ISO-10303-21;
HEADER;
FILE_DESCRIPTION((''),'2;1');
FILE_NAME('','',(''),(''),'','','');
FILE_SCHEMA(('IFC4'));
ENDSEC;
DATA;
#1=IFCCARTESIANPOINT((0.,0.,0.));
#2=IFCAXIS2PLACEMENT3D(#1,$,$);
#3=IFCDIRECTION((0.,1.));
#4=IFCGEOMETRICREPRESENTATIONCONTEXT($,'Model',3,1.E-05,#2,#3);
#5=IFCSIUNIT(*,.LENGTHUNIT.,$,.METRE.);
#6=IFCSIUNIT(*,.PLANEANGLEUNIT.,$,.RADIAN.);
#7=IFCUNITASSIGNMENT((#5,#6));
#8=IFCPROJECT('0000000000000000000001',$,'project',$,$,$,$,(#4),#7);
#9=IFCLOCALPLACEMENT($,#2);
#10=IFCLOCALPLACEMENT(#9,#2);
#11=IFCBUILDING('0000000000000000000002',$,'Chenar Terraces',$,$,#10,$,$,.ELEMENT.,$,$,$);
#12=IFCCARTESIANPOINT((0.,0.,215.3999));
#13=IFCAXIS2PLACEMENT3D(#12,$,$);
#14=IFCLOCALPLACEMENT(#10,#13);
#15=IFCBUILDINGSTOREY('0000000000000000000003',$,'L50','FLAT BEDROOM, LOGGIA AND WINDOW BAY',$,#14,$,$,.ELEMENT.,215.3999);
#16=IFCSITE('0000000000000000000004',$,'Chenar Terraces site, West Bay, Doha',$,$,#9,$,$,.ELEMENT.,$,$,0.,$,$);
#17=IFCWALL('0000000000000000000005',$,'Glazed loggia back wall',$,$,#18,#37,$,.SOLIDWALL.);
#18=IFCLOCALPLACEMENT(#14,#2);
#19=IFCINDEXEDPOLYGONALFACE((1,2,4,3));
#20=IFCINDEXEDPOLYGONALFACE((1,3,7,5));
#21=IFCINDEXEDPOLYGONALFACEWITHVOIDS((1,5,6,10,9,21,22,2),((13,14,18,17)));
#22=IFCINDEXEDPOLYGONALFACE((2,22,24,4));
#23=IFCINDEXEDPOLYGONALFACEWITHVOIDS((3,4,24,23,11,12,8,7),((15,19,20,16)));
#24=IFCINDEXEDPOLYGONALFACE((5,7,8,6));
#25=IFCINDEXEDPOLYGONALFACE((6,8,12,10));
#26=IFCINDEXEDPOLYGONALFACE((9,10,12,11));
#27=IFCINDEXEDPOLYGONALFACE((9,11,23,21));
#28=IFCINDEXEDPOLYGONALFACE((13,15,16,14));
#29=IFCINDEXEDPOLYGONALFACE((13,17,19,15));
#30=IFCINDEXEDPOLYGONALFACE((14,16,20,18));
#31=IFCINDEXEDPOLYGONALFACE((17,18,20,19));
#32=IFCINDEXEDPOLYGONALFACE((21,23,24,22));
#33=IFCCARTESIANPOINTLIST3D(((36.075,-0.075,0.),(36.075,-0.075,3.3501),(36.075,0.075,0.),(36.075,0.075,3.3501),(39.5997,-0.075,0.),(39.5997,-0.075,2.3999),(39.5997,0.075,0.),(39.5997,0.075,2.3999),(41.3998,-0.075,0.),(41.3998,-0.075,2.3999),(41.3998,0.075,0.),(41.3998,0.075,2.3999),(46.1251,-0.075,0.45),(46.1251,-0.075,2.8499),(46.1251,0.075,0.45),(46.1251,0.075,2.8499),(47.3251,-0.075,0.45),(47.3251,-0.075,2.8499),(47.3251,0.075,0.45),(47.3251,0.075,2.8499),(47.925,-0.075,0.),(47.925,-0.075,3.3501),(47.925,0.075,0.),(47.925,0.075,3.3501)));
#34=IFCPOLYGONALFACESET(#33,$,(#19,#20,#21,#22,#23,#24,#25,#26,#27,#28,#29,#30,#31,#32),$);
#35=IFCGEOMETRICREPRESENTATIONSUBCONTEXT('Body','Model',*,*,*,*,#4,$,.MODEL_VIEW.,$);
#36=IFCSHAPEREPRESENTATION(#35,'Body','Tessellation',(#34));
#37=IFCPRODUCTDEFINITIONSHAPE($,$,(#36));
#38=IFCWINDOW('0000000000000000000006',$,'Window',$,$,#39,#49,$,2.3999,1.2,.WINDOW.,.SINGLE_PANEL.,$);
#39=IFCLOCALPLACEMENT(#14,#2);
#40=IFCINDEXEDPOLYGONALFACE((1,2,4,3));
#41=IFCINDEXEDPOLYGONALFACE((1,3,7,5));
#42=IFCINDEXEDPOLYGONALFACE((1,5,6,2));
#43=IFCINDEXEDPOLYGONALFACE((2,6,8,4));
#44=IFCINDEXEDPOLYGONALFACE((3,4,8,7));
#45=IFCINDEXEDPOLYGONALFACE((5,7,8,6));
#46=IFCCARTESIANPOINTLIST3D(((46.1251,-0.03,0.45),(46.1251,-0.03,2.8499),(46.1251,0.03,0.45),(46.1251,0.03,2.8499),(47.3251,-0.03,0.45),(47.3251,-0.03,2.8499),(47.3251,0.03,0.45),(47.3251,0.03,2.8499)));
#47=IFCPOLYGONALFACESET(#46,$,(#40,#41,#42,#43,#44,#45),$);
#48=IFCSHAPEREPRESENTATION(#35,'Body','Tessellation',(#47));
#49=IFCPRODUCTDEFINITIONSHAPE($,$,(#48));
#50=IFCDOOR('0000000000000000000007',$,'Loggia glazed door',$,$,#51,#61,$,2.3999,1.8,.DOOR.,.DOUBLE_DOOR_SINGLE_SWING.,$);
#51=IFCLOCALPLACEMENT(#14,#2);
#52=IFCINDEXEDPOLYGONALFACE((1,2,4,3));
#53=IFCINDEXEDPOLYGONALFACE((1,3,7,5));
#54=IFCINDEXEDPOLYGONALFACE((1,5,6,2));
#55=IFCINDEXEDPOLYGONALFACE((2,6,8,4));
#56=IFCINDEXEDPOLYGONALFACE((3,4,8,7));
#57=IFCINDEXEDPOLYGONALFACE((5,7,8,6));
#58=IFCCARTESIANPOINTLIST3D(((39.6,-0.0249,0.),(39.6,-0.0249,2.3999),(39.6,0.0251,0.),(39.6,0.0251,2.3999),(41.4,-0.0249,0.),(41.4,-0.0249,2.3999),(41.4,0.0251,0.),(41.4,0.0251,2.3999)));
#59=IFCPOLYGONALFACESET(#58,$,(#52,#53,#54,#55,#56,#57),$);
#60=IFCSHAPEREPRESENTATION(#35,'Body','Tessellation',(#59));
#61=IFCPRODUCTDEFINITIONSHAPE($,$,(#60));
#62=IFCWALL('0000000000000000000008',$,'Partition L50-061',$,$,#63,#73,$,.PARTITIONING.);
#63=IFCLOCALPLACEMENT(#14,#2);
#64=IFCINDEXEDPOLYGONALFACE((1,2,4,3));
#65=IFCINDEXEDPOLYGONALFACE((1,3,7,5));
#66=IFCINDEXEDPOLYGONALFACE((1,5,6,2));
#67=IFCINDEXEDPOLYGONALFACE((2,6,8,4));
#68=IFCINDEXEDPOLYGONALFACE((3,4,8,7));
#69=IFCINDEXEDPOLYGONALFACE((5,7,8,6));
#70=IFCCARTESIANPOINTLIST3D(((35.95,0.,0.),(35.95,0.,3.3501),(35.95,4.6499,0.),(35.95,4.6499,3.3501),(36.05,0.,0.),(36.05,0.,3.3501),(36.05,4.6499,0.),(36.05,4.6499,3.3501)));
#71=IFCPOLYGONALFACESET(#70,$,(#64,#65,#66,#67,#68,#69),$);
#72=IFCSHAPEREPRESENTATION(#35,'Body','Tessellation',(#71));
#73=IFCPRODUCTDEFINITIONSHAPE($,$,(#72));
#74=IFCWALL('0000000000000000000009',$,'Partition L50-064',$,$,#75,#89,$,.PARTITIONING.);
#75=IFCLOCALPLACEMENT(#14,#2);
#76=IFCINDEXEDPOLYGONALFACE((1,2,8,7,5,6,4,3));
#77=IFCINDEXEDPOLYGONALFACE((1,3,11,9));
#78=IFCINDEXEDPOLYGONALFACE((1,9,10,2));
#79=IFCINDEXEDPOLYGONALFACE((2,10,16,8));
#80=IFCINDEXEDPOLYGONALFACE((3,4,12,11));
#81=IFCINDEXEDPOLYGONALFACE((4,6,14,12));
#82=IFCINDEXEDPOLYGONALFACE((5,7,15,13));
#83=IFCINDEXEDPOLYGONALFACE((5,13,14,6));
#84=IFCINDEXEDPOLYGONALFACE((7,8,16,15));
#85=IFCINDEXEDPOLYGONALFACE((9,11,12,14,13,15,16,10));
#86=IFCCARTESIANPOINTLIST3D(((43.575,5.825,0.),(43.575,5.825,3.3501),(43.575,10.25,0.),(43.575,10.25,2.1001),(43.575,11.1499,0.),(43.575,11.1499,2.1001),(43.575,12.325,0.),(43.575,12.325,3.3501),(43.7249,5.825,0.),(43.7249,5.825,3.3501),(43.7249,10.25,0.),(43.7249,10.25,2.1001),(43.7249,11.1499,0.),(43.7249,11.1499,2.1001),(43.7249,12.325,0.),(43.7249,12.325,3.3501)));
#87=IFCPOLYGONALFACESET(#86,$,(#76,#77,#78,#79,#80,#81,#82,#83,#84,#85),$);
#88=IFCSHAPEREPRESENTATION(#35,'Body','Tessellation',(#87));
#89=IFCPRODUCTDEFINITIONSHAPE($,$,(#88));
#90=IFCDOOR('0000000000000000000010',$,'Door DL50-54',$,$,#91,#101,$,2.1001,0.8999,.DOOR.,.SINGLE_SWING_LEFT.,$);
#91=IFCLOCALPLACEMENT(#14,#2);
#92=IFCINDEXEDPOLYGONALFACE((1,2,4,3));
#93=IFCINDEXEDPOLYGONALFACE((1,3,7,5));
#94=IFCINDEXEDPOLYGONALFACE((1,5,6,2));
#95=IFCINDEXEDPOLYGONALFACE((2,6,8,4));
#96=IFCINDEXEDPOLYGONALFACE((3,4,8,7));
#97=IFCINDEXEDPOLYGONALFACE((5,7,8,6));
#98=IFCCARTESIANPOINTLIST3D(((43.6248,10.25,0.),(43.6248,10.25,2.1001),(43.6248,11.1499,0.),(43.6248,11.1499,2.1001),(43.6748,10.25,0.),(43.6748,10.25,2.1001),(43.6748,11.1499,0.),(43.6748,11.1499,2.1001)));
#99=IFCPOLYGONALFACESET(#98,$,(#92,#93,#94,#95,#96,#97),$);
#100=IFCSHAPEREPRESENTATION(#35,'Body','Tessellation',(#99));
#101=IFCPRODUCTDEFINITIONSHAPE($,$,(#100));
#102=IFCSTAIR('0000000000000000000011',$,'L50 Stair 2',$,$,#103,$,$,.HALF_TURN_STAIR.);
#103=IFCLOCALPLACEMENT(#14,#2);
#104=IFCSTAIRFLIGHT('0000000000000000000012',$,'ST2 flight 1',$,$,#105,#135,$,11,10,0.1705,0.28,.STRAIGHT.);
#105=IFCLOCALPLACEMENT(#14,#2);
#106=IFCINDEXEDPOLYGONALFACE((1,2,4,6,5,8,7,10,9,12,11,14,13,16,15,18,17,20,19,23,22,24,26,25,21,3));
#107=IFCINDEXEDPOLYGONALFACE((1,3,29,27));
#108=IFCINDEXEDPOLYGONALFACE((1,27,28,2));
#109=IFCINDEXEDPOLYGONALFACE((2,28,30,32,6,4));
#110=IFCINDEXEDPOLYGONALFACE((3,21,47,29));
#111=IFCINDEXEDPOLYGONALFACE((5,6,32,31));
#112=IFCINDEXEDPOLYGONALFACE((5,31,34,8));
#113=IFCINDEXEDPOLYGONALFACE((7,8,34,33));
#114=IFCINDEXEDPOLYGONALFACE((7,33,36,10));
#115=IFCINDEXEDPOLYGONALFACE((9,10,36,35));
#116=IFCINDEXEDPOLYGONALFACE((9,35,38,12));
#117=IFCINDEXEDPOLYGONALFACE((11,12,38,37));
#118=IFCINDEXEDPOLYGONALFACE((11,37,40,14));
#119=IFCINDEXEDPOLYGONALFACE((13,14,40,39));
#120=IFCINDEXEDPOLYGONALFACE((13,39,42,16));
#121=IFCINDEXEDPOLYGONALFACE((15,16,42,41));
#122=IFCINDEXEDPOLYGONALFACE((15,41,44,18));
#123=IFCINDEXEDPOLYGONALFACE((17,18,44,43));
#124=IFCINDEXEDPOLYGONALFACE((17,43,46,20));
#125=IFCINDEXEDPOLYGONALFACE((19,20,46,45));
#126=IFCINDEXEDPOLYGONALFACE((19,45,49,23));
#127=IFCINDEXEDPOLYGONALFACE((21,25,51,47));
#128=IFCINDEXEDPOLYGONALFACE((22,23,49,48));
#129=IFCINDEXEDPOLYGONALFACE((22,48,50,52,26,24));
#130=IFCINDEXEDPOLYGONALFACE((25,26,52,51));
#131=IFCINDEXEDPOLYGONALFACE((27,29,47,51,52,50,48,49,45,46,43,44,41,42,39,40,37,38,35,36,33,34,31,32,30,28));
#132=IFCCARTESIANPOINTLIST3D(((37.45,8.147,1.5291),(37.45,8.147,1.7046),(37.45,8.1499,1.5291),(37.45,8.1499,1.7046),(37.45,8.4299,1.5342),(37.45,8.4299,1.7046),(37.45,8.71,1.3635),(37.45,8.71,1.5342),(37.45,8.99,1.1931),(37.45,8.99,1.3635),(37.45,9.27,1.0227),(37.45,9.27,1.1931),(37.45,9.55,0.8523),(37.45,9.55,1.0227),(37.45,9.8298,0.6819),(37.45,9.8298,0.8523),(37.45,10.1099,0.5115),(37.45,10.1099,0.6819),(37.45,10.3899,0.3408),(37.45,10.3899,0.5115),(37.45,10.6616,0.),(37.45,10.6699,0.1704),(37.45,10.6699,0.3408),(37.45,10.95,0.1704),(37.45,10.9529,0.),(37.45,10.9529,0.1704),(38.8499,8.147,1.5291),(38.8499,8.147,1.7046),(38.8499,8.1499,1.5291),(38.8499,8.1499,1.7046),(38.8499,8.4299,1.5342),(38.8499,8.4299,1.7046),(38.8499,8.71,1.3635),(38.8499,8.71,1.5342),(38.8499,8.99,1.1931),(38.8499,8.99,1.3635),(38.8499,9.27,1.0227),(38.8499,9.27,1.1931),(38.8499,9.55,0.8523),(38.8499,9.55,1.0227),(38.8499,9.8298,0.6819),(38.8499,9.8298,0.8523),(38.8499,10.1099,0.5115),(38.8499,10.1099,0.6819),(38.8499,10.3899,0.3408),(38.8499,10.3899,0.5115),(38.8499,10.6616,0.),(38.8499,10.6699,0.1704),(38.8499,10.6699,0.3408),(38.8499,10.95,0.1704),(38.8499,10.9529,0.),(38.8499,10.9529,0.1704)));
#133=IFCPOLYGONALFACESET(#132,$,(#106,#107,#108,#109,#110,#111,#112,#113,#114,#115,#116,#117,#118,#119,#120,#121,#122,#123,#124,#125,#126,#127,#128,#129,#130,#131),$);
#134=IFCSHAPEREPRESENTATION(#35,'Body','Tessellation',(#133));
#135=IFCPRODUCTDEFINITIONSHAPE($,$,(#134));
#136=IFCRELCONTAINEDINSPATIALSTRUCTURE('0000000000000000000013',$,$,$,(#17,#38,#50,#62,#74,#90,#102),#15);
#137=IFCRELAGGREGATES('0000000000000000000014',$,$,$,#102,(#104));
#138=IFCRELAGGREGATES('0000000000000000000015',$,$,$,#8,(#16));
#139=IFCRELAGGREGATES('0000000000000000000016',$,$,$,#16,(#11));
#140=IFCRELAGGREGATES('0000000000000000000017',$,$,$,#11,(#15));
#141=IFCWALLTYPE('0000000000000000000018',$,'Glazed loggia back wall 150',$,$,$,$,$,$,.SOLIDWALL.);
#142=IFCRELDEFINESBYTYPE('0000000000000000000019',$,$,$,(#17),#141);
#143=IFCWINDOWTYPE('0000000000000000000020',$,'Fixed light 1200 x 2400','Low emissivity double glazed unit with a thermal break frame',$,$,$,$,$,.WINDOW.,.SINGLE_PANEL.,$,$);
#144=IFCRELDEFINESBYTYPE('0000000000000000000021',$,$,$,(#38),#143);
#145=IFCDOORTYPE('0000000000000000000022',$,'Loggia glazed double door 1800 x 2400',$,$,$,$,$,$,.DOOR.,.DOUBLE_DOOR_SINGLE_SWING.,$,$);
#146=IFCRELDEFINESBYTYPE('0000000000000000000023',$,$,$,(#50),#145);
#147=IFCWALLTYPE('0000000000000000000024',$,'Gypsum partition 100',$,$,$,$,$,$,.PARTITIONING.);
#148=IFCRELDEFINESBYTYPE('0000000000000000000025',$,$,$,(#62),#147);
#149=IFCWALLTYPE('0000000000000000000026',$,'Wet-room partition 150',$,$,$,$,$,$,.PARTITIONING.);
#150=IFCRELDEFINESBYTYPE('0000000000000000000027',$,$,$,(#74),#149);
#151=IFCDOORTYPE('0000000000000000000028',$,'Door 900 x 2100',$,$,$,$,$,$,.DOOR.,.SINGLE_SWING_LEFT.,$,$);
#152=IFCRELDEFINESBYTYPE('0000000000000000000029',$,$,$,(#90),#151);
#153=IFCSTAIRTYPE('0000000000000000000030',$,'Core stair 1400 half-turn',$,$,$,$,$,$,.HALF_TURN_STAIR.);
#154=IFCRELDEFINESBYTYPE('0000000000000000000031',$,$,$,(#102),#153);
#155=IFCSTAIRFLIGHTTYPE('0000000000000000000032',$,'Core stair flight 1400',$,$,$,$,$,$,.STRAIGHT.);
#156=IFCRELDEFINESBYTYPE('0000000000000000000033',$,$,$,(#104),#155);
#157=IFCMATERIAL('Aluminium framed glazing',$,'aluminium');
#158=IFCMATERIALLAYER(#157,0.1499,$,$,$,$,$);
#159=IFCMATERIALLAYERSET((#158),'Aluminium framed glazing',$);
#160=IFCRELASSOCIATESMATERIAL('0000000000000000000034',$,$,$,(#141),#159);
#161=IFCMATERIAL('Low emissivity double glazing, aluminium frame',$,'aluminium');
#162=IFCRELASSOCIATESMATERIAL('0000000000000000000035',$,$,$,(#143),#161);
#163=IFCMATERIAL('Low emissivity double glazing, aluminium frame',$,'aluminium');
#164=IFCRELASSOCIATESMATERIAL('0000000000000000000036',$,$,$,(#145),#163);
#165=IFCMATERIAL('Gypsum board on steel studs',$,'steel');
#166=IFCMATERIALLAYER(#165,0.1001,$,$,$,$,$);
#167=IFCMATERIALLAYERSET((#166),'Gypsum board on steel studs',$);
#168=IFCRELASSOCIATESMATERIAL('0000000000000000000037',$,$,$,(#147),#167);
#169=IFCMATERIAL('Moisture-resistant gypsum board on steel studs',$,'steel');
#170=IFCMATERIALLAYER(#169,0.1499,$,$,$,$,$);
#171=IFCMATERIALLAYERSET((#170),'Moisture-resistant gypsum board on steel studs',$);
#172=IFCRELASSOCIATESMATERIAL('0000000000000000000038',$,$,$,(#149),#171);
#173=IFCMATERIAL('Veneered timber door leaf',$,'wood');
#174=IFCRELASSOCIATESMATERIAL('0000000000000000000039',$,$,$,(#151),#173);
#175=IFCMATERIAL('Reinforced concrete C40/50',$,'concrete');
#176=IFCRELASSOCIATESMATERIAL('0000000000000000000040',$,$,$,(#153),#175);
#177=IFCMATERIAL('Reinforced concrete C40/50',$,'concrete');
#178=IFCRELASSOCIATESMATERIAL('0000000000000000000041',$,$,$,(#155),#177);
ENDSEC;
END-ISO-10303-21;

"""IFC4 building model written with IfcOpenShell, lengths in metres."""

from ifc_helpers import new_model, si_unit, direction, frame, frame_2d, origin, place, context, subcontext, project, spatial, polyline, rectangle, outline, extrude, material, layer, layer_set, type_object, element, fill, aggregate, save


model = new_model("IFC4")

# Units and contexts
model_context = context("Model", 3, precision=1e-05, world=origin(), true_north=direction((0.0, 1.0)))
body_context = subcontext(model_context, "Body", "Model", "MODEL_VIEW")
ifc_project = project(units=[si_unit("LENGTHUNIT", "METRE"), si_unit("PLANEANGLEUNIT", "RADIAN")], contexts=[model_context])

# Site, building, storey
site_placement = place(None, origin())
site = spatial("IfcSite", under=ifc_project, at=site_placement, Name="Chenar Terraces site, West Bay, Doha", CompositionType="ELEMENT", RefElevation=0.0)
building_placement = place(site_placement, origin())
building = spatial("IfcBuilding", under=site, at=building_placement, Name="Chenar Terraces", CompositionType="ELEMENT")
storey_placement = place(building_placement, frame((0.0, 0.0, 215.3999)))
storey = spatial("IfcBuildingStorey", under=building, at=storey_placement, Name="L50", Description="FLAT BEDROOM, LOGGIA AND WINDOW BAY", CompositionType="ELEMENT", Elevation=215.3999)

# Wall, openings, window, door
ifc_material_1 = material(Name="Aluminium framed glazing", Category="aluminium")
ifc_layer_1 = layer(ifc_material_1, 0.1499)
ifc_layer_set_1 = layer_set([ifc_layer_1], Name="Aluminium framed glazing")
wall_type_1 = type_object("IfcWallType", Name="Glazed loggia back wall 150", PredefinedType="SOLIDWALL", material=ifc_layer_set_1)
wall_1_placement = place(storey_placement, frame((36.075, 0.0, 0.0), z_axis=(0.0, 0.0, 1.0), x_axis=(1.0, 0.0, 0.0)))
wall_1 = element("IfcWall", 1, at=wall_1_placement, inside=storey, type_object=wall_type_1, Name="Glazed loggia back wall", PredefinedType="SOLIDWALL", context=body_context, shape_type="SweptSolid", body=[
    extrude(rectangle(XDim=11.8501, YDim=0.1499, at=frame_2d((5.925, 0.0))), origin(), (0.0, 0.0, 1.0), 3.3501),
])
opening_1_placement = place(wall_1_placement, frame((3.5249, 0.0, 0.0)))
opening_1 = element("IfcOpeningElement", 2, at=opening_1_placement, cuts=wall_1, PredefinedType="OPENING", context=body_context, shape_type="SweptSolid", body=[
    extrude(rectangle(XDim=1.8, YDim=2.3999, at=frame_2d((0.8999, 1.2))), frame((0.0, 0.085, 0.0), z_axis=(0.0, -1.0, 0.0), x_axis=(1.0, 0.0, 0.0)), (0.0, 0.0, 1.0), 0.1699),
])
opening_2_placement = place(wall_1_placement, frame((10.05, 0.0, 0.45)))
opening_2 = element("IfcOpeningElement", 3, at=opening_2_placement, cuts=wall_1, PredefinedType="OPENING", context=body_context, shape_type="SweptSolid", body=[
    extrude(rectangle(XDim=1.2, YDim=2.3999, at=frame_2d((0.6001, 1.2))), frame((0.0, 0.085, 0.0), z_axis=(0.0, -1.0, 0.0), x_axis=(1.0, 0.0, 0.0)), (0.0, 0.0, 1.0), 0.1699),
])
ifc_material_2 = material(Name="Low emissivity double glazing, aluminium frame", Category="aluminium")
window_type = type_object("IfcWindowType", Name="Fixed light 1200 x 2400", Description="Low emissivity double glazed unit with a thermal break frame", PartitioningType="SINGLE_PANEL", PredefinedType="WINDOW", material=ifc_material_2)
window_placement = place(opening_2_placement, origin())
window = element("IfcWindow", 4, at=window_placement, inside=storey, type_object=window_type, Name="Window", OverallHeight=2.3999, OverallWidth=1.2, PartitioningType="SINGLE_PANEL", PredefinedType="WINDOW", context=body_context, shape_type="SweptSolid", body=[
    extrude(rectangle(XDim=1.2, YDim=2.3999, at=frame_2d((0.6001, 1.2))), frame((0.0, 0.03, 0.0), z_axis=(0.0, -1.0, 0.0), x_axis=(1.0, 0.0, 0.0)), (0.0, 0.0, 1.0), 0.0601),
])
fill(opening_2, window)
ifc_material_3 = material(Name="Low emissivity double glazing, aluminium frame", Category="aluminium")
door_type_1 = type_object("IfcDoorType", Name="Loggia glazed double door 1800 x 2400", OperationType="DOUBLE_DOOR_SINGLE_SWING", PredefinedType="DOOR", material=ifc_material_3)
door_1_placement = place(opening_1_placement, frame((1.8, 0.0, 0.0), z_axis=(0.0, 0.0, 1.0), x_axis=(-1.0, 0.0, 0.0)))
door_1 = element("IfcDoor", 5, at=door_1_placement, inside=storey, type_object=door_type_1, Name="Loggia glazed door", OperationType="DOUBLE_DOOR_SINGLE_SWING", OverallHeight=2.3999, OverallWidth=1.8, PredefinedType="DOOR", context=body_context, shape_type="SweptSolid", body=[
    extrude(rectangle(XDim=1.8, YDim=2.3999, at=frame_2d((0.8999, 1.2))), frame((0.0, 0.0249, 0.0), z_axis=(0.0, -1.0, 0.0), x_axis=(1.0, 0.0, 0.0)), (0.0, 0.0, 1.0), 0.05),
])
fill(opening_1, door_1)

# Wall
ifc_material_4 = material(Name="Gypsum board on steel studs", Category="steel")
ifc_layer_2 = layer(ifc_material_4, 0.1001)
ifc_layer_set_2 = layer_set([ifc_layer_2], Name="Gypsum board on steel studs")
wall_type_2 = type_object("IfcWallType", Name="Gypsum partition 100", PredefinedType="PARTITIONING", material=ifc_layer_set_2)
wall_2_placement = place(storey_placement, frame((36.0, 0.0, 0.0), z_axis=(0.0, 0.0, 1.0), x_axis=(0.0, 1.0, 0.0)))
element("IfcWall", 6, at=wall_2_placement, inside=storey, type_object=wall_type_2, Name="Partition L50-061", PredefinedType="PARTITIONING", context=body_context, shape_type="SweptSolid", body=[
    extrude(rectangle(XDim=4.6499, YDim=0.1001, at=frame_2d((2.325, 0.0))), origin(), (0.0, 0.0, 1.0), 3.3501),
])

# Wall, opening, door
ifc_material_5 = material(Name="Moisture-resistant gypsum board on steel studs", Category="steel")
ifc_layer_3 = layer(ifc_material_5, 0.1499)
ifc_layer_set_3 = layer_set([ifc_layer_3], Name="Moisture-resistant gypsum board on steel studs")
wall_type_3 = type_object("IfcWallType", Name="Wet-room partition 150", PredefinedType="PARTITIONING", material=ifc_layer_set_3)
wall_3_placement = place(storey_placement, frame((43.6499, 5.825, 0.0), z_axis=(0.0, 0.0, 1.0), x_axis=(0.0, 1.0, 0.0)))
wall_3 = element("IfcWall", 7, at=wall_3_placement, inside=storey, type_object=wall_type_3, Name="Partition L50-064", PredefinedType="PARTITIONING", context=body_context, shape_type="SweptSolid", body=[
    extrude(rectangle(XDim=6.5, YDim=0.1499, at=frame_2d((3.25, 0.0))), origin(), (0.0, 0.0, 1.0), 3.3501),
])
opening_3_placement = place(wall_3_placement, frame((4.425, 0.0, 0.0)))
opening_3 = element("IfcOpeningElement", 8, at=opening_3_placement, cuts=wall_3, PredefinedType="OPENING", context=body_context, shape_type="SweptSolid", body=[
    extrude(rectangle(XDim=0.8999, YDim=2.1001, at=frame_2d((0.45, 1.05))), frame((0.0, 0.085, 0.0), z_axis=(0.0, -1.0, 0.0), x_axis=(1.0, 0.0, 0.0)), (0.0, 0.0, 1.0), 0.1699),
])
ifc_material_6 = material(Name="Veneered timber door leaf", Category="wood")
door_type_2 = type_object("IfcDoorType", Name="Door 900 x 2100", OperationType="SINGLE_SWING_LEFT", PredefinedType="DOOR", material=ifc_material_6)
door_2_placement = place(opening_3_placement, frame((0.8999, 0.0, 0.0), z_axis=(0.0, 0.0, 1.0), x_axis=(-1.0, 0.0, 0.0)))
door_2 = element("IfcDoor", 9, at=door_2_placement, inside=storey, type_object=door_type_2, Name="Door DL50-54", OperationType="SINGLE_SWING_LEFT", OverallHeight=2.1001, OverallWidth=0.8999, PredefinedType="DOOR", context=body_context, shape_type="SweptSolid", body=[
    extrude(rectangle(XDim=0.8999, YDim=2.1001, at=frame_2d((0.45, 1.05))), frame((0.0, 0.0249, 0.0), z_axis=(0.0, -1.0, 0.0), x_axis=(1.0, 0.0, 0.0)), (0.0, 0.0, 1.0), 0.05),
])
fill(opening_3, door_2)

# Stair, stair flight
ifc_material_7 = material(Name="Reinforced concrete C40/50", Category="concrete")
stair_type = type_object("IfcStairType", Name="Core stair 1400 half-turn", PredefinedType="HALF_TURN_STAIR", material=ifc_material_7)
stair_placement = place(storey_placement, origin())
stair = element("IfcStair", 10, at=stair_placement, inside=storey, type_object=stair_type, Name="L50 Stair 2", PredefinedType="HALF_TURN_STAIR")
ifc_material_8 = material(Name="Reinforced concrete C40/50", Category="concrete")
stair_flight_type = type_object("IfcStairFlightType", Name="Core stair flight 1400", PredefinedType="STRAIGHT", material=ifc_material_8)
stair_flight_1_placement = place(storey_placement, frame((38.1499, 10.95, 0.0), z_axis=(0.0, 0.0, 1.0), x_axis=(0.0, -1.0, 0.0)))
stair_flight_1 = element("IfcStairFlight", 11, at=stair_flight_1_placement, type_object=stair_flight_type, Name="ST2 flight 1", NumberOfRisers=11, NumberOfTreads=10, PredefinedType="STRAIGHT", RiserHeight=0.1705, TreadLength=0.28, context=body_context, shape_type="SweptSolid", body=[
    extrude(outline(polyline([(-0.0029, 0.0), (-0.0029, 0.1704), (0.0, 0.1704), (0.28, 0.1704), (0.28, 0.3408), (0.5601, 0.3408), (0.5601, 0.5115), (0.8401, 0.5115), (0.8401, 0.6819), (1.1201, 0.6819), (1.1201, 0.8523), (1.3999, 0.8523), (1.3999, 1.0227), (1.6799, 1.0227), (1.6799, 1.1931), (1.96, 1.1931), (1.96, 1.3635), (2.24, 1.3635), (2.24, 1.5342), (2.52, 1.5342), (2.52, 1.7046), (2.8, 1.7046), (2.803, 1.7046), (2.803, 1.5291), (2.8, 1.5291), (0.2883, 0.0), (-0.0029, 0.0)])), frame((0.0, 0.7, 0.0), z_axis=(0.0, -1.0, 0.0), x_axis=(1.0, 0.0, 0.0)), (0.0, 0.0, 1.0), 1.3999),
])
aggregate(stair, [stair_flight_1])

save(model, "model.ifc")
